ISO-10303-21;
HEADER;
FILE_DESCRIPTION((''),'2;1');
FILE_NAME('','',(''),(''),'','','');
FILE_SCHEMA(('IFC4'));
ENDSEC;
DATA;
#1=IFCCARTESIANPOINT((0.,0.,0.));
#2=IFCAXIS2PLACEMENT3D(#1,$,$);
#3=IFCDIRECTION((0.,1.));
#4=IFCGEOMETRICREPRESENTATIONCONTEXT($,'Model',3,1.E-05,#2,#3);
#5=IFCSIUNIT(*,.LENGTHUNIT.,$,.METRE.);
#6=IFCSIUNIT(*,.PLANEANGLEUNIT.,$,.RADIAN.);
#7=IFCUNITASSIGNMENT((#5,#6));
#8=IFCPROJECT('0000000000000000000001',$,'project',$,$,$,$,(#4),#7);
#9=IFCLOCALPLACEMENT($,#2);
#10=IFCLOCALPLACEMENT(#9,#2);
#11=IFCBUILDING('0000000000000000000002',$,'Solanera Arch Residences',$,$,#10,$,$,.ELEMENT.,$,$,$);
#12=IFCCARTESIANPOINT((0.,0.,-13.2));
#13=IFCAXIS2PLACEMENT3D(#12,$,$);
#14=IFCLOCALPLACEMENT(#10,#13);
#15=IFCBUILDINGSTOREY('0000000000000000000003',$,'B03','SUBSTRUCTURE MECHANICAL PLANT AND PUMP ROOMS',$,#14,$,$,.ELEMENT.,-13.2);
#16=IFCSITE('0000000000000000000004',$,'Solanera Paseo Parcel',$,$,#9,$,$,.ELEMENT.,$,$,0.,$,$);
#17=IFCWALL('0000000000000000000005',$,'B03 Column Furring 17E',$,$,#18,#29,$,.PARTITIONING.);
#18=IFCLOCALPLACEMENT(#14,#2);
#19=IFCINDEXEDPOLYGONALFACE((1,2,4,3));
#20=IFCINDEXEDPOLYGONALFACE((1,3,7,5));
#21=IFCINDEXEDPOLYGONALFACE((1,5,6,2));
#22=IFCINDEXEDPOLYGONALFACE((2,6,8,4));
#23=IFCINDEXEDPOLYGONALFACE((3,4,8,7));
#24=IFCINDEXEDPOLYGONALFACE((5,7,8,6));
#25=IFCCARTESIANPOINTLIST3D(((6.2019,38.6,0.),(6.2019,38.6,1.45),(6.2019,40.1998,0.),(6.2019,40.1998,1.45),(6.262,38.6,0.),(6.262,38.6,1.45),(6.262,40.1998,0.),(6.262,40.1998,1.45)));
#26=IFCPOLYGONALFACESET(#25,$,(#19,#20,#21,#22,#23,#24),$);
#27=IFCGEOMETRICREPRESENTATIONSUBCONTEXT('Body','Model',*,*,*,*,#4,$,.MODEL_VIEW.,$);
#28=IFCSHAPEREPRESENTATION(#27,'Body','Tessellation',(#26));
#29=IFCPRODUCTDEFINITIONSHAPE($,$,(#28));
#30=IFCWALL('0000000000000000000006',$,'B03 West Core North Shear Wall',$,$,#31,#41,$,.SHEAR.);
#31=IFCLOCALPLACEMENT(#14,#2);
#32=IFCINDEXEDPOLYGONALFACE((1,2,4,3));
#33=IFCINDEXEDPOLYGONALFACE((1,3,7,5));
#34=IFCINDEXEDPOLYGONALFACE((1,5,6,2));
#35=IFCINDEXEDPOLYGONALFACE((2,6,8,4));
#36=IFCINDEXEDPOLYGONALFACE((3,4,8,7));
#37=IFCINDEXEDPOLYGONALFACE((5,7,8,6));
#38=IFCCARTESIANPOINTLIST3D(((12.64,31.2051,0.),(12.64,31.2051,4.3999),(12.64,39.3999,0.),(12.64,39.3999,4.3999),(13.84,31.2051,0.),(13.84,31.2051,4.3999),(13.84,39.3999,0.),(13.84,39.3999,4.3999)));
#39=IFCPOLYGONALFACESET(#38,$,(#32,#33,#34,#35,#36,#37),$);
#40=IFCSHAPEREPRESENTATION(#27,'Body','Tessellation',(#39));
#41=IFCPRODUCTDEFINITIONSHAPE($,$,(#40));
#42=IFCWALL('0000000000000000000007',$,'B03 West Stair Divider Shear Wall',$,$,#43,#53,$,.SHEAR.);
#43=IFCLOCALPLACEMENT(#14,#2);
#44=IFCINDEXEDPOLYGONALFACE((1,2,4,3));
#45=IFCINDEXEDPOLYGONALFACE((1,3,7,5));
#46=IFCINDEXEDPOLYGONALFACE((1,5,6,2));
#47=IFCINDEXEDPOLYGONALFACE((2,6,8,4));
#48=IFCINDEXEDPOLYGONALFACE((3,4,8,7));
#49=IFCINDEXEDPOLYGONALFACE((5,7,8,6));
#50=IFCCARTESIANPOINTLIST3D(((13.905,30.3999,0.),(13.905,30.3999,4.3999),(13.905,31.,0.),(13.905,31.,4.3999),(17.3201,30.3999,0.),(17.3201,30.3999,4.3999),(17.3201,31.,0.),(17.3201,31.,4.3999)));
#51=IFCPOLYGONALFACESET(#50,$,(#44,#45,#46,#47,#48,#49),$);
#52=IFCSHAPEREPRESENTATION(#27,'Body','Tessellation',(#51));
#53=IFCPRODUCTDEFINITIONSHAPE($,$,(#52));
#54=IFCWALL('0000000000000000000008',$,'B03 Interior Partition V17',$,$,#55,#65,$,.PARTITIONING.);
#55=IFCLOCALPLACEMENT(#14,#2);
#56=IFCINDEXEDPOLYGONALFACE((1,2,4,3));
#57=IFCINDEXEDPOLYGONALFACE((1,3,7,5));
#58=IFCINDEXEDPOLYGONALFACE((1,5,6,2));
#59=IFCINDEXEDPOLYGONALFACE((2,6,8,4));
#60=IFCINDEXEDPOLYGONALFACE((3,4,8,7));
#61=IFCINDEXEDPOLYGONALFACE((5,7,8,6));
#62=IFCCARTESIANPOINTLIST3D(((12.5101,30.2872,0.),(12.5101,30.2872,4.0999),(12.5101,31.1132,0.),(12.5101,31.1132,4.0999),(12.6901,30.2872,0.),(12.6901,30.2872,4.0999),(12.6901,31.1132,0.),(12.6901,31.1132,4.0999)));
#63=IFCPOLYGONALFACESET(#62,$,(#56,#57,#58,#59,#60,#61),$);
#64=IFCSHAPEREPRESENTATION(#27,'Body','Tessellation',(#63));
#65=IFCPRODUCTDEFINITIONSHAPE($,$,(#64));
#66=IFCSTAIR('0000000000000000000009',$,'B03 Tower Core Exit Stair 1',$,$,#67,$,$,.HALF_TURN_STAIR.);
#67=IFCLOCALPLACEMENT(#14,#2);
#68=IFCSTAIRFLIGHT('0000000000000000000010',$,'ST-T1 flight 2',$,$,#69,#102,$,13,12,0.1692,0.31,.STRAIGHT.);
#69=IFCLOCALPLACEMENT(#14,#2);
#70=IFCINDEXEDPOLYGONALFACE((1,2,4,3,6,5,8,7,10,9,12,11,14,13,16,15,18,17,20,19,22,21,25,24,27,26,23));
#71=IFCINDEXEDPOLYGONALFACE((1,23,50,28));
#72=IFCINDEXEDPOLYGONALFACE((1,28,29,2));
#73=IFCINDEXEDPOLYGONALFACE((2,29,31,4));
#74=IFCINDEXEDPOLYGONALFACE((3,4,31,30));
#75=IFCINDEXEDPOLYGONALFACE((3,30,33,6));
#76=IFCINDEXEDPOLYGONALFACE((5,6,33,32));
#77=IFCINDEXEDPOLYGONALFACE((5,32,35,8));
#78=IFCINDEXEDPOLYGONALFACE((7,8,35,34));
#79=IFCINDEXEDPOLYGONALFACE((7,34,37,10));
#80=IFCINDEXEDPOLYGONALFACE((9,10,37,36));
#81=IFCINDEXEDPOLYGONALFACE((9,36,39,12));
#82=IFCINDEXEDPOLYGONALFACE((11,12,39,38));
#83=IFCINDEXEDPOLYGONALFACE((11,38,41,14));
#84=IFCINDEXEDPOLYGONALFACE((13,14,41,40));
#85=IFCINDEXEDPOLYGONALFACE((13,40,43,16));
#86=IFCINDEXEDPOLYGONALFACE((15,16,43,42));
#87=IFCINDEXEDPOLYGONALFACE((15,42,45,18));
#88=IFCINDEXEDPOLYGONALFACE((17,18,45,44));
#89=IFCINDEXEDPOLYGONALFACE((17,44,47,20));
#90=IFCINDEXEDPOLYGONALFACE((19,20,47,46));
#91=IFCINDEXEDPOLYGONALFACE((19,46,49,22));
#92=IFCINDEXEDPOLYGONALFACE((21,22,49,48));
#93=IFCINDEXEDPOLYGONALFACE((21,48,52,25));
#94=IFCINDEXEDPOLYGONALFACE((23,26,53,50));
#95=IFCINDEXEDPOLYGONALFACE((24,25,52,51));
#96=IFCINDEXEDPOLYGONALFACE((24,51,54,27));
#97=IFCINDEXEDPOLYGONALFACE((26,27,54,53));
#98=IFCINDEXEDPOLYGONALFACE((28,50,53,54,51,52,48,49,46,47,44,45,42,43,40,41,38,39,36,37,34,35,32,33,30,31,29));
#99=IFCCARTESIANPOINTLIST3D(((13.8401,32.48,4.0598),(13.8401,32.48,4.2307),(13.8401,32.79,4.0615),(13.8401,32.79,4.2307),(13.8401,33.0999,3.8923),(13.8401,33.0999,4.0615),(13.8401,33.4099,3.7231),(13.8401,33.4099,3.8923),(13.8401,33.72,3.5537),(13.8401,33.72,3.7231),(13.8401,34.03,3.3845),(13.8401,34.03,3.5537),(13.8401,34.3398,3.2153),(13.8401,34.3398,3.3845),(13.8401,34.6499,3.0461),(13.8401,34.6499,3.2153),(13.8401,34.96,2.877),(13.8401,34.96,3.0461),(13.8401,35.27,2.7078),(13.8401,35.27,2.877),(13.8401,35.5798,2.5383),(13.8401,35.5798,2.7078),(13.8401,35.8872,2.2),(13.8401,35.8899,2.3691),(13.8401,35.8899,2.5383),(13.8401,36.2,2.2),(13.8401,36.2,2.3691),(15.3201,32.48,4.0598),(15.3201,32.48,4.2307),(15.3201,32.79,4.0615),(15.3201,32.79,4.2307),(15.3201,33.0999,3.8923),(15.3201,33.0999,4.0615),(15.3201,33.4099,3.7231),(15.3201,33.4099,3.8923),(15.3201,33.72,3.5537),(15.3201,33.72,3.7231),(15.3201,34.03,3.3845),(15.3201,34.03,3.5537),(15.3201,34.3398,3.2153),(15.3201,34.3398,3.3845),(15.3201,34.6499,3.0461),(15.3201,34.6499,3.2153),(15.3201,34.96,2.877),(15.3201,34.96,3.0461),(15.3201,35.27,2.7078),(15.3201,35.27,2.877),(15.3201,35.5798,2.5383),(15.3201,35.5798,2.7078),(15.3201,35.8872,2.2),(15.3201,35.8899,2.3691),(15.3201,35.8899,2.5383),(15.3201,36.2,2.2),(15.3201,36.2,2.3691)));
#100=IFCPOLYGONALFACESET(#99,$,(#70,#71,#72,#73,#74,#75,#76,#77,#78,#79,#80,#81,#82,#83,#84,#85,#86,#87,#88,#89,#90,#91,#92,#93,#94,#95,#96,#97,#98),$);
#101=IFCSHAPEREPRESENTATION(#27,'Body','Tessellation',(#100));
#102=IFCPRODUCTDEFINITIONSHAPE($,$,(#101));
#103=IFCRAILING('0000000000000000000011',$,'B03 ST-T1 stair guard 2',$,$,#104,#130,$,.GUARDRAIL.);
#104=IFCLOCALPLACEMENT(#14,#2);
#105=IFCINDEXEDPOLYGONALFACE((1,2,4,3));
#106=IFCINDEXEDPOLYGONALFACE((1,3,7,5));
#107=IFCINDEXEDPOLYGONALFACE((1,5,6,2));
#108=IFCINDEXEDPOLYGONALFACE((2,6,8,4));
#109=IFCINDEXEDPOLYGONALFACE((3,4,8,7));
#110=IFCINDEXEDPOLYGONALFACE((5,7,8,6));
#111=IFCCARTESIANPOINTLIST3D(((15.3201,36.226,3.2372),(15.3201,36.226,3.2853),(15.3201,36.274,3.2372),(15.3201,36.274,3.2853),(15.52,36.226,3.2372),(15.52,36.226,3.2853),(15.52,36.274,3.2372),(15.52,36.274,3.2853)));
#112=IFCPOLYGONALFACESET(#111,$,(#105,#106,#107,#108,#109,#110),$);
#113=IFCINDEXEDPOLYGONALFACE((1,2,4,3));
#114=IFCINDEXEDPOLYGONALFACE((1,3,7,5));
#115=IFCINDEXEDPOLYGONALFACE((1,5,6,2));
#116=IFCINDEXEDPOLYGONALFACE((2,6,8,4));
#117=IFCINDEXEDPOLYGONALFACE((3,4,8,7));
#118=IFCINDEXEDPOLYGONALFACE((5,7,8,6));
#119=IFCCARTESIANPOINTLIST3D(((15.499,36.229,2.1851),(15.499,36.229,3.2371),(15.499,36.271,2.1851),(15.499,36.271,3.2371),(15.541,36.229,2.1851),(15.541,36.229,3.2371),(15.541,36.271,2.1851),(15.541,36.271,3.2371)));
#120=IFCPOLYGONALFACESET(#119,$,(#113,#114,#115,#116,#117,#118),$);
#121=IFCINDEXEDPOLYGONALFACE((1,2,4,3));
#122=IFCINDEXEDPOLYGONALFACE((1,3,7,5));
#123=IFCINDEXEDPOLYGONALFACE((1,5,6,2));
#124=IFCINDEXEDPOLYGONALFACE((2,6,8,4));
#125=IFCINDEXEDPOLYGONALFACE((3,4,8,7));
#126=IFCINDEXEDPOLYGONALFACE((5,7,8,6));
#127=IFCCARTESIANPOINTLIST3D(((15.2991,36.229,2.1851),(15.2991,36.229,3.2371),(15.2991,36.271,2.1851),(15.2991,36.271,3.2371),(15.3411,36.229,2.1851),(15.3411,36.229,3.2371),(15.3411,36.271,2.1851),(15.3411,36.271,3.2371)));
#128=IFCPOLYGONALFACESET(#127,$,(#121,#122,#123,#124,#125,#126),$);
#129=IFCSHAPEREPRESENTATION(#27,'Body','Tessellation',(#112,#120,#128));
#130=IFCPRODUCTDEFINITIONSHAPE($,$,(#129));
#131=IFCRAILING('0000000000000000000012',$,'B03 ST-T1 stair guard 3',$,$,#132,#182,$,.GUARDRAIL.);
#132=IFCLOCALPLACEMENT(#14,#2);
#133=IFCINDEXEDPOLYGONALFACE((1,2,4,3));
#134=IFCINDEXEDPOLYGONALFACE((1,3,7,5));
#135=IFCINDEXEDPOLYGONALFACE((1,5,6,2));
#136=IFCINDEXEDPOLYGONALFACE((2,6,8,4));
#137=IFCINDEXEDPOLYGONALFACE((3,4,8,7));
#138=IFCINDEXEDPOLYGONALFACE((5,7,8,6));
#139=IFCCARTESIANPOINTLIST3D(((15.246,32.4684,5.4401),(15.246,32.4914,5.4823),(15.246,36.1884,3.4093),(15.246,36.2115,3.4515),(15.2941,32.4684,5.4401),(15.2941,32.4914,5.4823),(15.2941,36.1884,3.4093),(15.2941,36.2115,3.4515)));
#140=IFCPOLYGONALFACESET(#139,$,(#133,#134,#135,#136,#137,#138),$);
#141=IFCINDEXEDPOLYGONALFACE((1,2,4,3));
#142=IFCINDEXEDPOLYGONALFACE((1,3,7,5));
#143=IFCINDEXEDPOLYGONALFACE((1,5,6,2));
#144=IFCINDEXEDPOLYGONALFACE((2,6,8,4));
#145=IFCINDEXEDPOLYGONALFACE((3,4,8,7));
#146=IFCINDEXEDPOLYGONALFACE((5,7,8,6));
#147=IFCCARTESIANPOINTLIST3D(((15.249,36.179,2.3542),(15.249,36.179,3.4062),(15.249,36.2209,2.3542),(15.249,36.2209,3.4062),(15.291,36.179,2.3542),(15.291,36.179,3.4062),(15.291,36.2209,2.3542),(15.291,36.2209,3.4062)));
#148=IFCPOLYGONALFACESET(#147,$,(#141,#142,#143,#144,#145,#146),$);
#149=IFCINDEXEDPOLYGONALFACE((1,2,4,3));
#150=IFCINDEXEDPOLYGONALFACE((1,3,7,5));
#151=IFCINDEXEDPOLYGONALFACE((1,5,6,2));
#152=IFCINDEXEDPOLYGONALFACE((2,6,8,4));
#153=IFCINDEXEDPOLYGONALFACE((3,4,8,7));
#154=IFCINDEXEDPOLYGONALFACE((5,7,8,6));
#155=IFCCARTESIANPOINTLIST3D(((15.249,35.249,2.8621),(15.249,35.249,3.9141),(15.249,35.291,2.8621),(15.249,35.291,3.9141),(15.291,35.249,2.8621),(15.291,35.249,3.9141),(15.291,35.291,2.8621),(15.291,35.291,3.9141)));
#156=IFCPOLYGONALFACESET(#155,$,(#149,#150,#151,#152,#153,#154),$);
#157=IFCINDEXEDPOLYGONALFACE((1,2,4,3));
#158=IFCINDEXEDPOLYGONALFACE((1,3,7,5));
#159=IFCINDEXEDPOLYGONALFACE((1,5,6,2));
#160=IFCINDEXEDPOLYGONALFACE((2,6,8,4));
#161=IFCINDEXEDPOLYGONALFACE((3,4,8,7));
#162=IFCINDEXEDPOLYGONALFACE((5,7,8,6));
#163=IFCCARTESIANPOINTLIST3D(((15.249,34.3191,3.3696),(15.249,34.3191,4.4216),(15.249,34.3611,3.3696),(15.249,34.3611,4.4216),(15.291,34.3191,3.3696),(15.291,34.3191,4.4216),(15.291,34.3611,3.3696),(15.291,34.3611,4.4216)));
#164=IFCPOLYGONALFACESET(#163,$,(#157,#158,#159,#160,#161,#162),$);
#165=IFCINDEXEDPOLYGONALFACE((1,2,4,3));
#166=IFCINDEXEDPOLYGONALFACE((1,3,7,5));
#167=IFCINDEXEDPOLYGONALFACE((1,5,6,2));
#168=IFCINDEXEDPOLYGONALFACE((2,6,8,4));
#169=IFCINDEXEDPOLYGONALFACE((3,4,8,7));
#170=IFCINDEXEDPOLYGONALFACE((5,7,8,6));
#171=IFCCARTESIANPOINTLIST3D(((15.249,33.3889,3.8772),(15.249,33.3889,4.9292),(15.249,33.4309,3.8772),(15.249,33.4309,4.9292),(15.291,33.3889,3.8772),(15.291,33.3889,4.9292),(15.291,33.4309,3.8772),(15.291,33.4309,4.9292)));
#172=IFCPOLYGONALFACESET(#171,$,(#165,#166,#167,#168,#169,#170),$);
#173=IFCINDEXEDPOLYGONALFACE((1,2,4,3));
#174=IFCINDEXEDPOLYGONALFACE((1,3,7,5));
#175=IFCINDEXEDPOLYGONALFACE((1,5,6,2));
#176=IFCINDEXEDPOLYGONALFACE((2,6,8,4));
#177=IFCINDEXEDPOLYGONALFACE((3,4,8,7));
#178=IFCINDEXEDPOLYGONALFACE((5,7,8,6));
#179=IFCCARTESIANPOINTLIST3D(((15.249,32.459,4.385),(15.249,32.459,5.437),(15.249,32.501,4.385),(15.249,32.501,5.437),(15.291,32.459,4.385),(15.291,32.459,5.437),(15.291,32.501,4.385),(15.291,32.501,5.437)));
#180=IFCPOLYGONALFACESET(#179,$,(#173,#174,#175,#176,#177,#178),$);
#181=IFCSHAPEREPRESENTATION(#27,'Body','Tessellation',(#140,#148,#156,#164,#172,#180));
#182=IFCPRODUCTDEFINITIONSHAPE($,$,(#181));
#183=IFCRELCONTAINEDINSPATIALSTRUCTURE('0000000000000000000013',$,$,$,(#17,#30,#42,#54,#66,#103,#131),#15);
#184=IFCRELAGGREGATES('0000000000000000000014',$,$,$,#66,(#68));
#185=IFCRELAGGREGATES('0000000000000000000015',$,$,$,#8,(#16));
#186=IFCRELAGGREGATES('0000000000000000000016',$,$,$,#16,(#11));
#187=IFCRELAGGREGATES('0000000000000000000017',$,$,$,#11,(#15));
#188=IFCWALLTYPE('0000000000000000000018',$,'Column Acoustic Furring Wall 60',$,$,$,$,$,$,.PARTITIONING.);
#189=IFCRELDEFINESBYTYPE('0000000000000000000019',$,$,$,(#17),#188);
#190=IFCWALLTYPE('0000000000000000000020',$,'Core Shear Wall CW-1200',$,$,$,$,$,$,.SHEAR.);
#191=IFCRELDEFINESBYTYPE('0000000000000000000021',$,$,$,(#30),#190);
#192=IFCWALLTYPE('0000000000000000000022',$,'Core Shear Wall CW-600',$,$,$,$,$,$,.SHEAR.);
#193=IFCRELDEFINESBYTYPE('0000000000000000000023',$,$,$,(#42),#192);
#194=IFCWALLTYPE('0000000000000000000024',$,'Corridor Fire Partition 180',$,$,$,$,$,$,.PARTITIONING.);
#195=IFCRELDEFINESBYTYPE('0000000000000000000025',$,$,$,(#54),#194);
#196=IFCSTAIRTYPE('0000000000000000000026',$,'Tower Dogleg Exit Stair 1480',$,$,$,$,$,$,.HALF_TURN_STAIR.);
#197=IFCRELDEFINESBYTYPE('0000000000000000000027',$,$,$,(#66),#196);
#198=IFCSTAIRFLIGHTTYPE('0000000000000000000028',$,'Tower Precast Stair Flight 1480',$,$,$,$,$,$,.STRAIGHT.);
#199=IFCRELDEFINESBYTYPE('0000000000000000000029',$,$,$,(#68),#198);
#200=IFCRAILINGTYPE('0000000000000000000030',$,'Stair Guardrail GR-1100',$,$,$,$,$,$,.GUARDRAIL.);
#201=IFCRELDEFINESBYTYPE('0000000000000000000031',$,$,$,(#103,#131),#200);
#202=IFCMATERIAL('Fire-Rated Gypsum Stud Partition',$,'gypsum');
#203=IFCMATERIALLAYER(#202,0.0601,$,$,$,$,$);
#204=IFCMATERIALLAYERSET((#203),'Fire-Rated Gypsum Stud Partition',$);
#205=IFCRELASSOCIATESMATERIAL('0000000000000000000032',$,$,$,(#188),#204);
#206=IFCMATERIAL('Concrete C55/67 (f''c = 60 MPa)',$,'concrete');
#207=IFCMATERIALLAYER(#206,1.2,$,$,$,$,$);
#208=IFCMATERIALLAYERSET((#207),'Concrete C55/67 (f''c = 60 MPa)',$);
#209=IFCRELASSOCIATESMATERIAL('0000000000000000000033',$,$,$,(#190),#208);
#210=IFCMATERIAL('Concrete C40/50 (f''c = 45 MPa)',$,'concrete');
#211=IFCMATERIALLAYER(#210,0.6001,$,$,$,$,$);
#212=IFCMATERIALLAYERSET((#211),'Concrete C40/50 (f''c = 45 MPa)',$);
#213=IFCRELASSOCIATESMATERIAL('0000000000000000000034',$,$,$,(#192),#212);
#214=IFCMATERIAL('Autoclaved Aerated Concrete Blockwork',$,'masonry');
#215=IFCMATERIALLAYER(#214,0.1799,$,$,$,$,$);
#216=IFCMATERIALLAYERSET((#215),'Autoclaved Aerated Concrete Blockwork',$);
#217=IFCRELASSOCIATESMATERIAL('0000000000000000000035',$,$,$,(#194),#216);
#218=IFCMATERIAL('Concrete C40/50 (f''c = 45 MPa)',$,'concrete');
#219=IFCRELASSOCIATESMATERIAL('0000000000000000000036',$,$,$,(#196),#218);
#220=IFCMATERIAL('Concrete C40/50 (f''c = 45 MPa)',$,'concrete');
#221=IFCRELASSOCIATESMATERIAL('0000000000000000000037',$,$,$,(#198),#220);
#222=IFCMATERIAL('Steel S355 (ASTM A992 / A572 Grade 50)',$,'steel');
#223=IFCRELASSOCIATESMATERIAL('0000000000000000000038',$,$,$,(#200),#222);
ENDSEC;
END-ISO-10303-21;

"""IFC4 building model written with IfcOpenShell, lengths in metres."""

from ifc_helpers import new_model, si_unit, direction, frame, frame_2d, origin, origin_2d, place, context, subcontext, project, spatial, polyline, rectangle, outline, extrude, material, layer, layer_set, type_object, element, aggregate, save


model = new_model("IFC4")

# Units and contexts
model_context = context("Model", 3, precision=1e-05, world=origin(), true_north=direction((0.0, 1.0)))
body_context = subcontext(model_context, "Body", "Model", "MODEL_VIEW")
ifc_project = project(units=[si_unit("LENGTHUNIT", "METRE"), si_unit("PLANEANGLEUNIT", "RADIAN")], contexts=[model_context])

# Site, building, storey
site_placement = place(None, origin())
site = spatial("IfcSite", under=ifc_project, at=site_placement, Name="Solanera Paseo Parcel", CompositionType="ELEMENT", RefElevation=0.0)
building_placement = place(site_placement, origin())
building = spatial("IfcBuilding", under=site, at=building_placement, Name="Solanera Arch Residences", CompositionType="ELEMENT")
storey_placement = place(building_placement, frame((0.0, 0.0, -13.2)))
storey = spatial("IfcBuildingStorey", under=building, at=storey_placement, Name="B03", Description="SUBSTRUCTURE MECHANICAL PLANT AND PUMP ROOMS", CompositionType="ELEMENT", Elevation=-13.2)

# Walls
ifc_material_1 = material(Name="Fire-Rated Gypsum Stud Partition", Category="gypsum")
ifc_layer_1 = layer(ifc_material_1, 0.0601)
ifc_layer_set_1 = layer_set([ifc_layer_1], Name="Fire-Rated Gypsum Stud Partition")
wall_type_1 = type_object("IfcWallType", Name="Column Acoustic Furring Wall 60", PredefinedType="PARTITIONING", material=ifc_layer_set_1)
for number, where, z_axis, x_axis, name in (
    (1, (6.2319, 38.6001, 0.0), (0.0, 0.0, 1.0), (0.0, 1.0, 0.0), "B03 Column Furring 17E"),
):
    element("IfcWall", number, at=place(storey_placement, frame(where, z_axis=z_axis, x_axis=x_axis)), inside=storey, type_object=wall_type_1, Name=name, PredefinedType="PARTITIONING", context=body_context, shape_type="SweptSolid", body=[
        extrude(rectangle(XDim=1.5999, YDim=0.0601, at=frame_2d((0.7998, 0.0))), origin(), (0.0, 0.0, 1.0), 1.45),
    ])
ifc_material_2 = material(Name="Concrete C55/67 (f'c = 60 MPa)", Category="concrete")
ifc_layer_2 = layer(ifc_material_2, 1.2)
ifc_layer_set_2 = layer_set([ifc_layer_2], Name="Concrete C55/67 (f'c = 60 MPa)")
wall_type_2 = type_object("IfcWallType", Name="Core Shear Wall CW-1200", PredefinedType="SHEAR", material=ifc_layer_set_2)
wall_1_placement = place(storey_placement, frame((13.24, 31.2051, 0.0), z_axis=(0.0, 0.0, 1.0), x_axis=(0.0, 1.0, 0.0)))
element("IfcWall", 2, at=wall_1_placement, inside=storey, type_object=wall_type_2, Name="B03 West Core North Shear Wall", PredefinedType="SHEAR", context=body_context, shape_type="SweptSolid", body=[
    extrude(rectangle(XDim=8.1948, YDim=1.2, at=frame_2d((4.0974, 0.0))), origin(), (0.0, 0.0, 1.0), 4.3999),
])
ifc_material_3 = material(Name="Concrete C40/50 (f'c = 45 MPa)", Category="concrete")
ifc_layer_3 = layer(ifc_material_3, 0.6001)
ifc_layer_set_3 = layer_set([ifc_layer_3], Name="Concrete C40/50 (f'c = 45 MPa)")
wall_type_3 = type_object("IfcWallType", Name="Core Shear Wall CW-600", PredefinedType="SHEAR", material=ifc_layer_set_3)
wall_2_placement = place(storey_placement, frame((13.905, 30.7, 0.0), z_axis=(0.0, 0.0, 1.0), x_axis=(1.0, 0.0, 0.0)))
element("IfcWall", 3, at=wall_2_placement, inside=storey, type_object=wall_type_3, Name="B03 West Stair Divider Shear Wall", PredefinedType="SHEAR", context=body_context, shape_type="SweptSolid", body=[
    extrude(rectangle(XDim=3.415, YDim=0.6001, at=frame_2d((1.7075, 0.0))), origin(), (0.0, 0.0, 1.0), 4.3999),
])
ifc_material_4 = material(Name="Autoclaved Aerated Concrete Blockwork", Category="masonry")
ifc_layer_4 = layer(ifc_material_4, 0.1799)
ifc_layer_set_4 = layer_set([ifc_layer_4], Name="Autoclaved Aerated Concrete Blockwork")
wall_type_4 = type_object("IfcWallType", Name="Corridor Fire Partition 180", PredefinedType="PARTITIONING", material=ifc_layer_set_4)
wall_3_placement = place(storey_placement, frame((12.6001, 30.2871, 0.0), z_axis=(0.0, 0.0, 1.0), x_axis=(0.0, 1.0, 0.0)))
element("IfcWall", 4, at=wall_3_placement, inside=storey, type_object=wall_type_4, Name="B03 Interior Partition V17", PredefinedType="PARTITIONING", context=body_context, shape_type="SweptSolid", body=[
    extrude(rectangle(XDim=0.8259, YDim=0.1799, at=frame_2d((0.4131, 0.0))), origin(), (0.0, 0.0, 1.0), 4.0999),
])

# Stair, stair flight
ifc_material_5 = material(Name="Concrete C40/50 (f'c = 45 MPa)", Category="concrete")
stair_type = type_object("IfcStairType", Name="Tower Dogleg Exit Stair 1480", PredefinedType="HALF_TURN_STAIR", material=ifc_material_5)
stair_placement = place(storey_placement, origin())
stair = element("IfcStair", 5, at=stair_placement, inside=storey, type_object=stair_type, Name="B03 Tower Core Exit Stair 1", PredefinedType="HALF_TURN_STAIR")
ifc_material_6 = material(Name="Concrete C40/50 (f'c = 45 MPa)", Category="concrete")
stair_flight_type = type_object("IfcStairFlightType", Name="Tower Precast Stair Flight 1480", PredefinedType="STRAIGHT", material=ifc_material_6)
stair_flight_placement = place(storey_placement, frame((14.5801, 36.2, 2.2), z_axis=(0.0, 0.0, 1.0), x_axis=(0.0, -1.0, 0.0)))
stair_flight = element("IfcStairFlight", 6, at=stair_flight_placement, type_object=stair_flight_type, Name="ST-T1 flight 2", NumberOfRisers=13, NumberOfTreads=12, PredefinedType="STRAIGHT", RiserHeight=0.1692, TreadLength=0.31, context=body_context, shape_type="SweptSolid", body=[
    extrude(outline(polyline([(0.0, 0.0), (0.0, 0.1692), (0.3101, 0.1692), (0.3101, 0.3384), (0.6201, 0.3384), (0.6201, 0.5078), (0.9299, 0.5078), (0.9299, 0.677), (1.24, 0.677), (1.24, 0.8462), (1.55, 0.8462), (1.55, 1.0154), (1.8601, 1.0154), (1.8601, 1.1846), (2.1699, 1.1846), (2.1699, 1.3538), (2.48, 1.3538), (2.48, 1.5232), (2.79, 1.5232), (2.79, 1.6924), (3.1001, 1.6924), (3.1001, 1.8616), (3.4099, 1.8616), (3.4099, 2.0308), (3.72, 2.0308), (3.72, 2.2), (3.72, 1.8599), (0.3127, 0.0), (0.0, 0.0)])), frame((0.0, 0.74, 0.0), z_axis=(0.0, -1.0, 0.0), x_axis=(1.0, 0.0, 0.0)), (0.0, 0.0, 1.0), 1.48),
])
aggregate(stair, [stair_flight])

# Railings
ifc_material_7 = material(Name="Steel S355 (ASTM A992 / A572 Grade 50)", Category="steel")
railing_type_1 = type_object("IfcRailingType", Name="Stair Guardrail GR-1100", PredefinedType="GUARDRAIL", material=ifc_material_7)
railing_1_placement = place(storey_placement, frame((15.52, 36.25, 2.1851)))
element("IfcRailing", 7, at=railing_1_placement, inside=storey, type_object=railing_type_1, Name="B03 ST-T1 stair guard 2", PredefinedType="GUARDRAIL", context=body_context, shape_type="SweptSolid", body=[
    extrude(rectangle(XDim=0.0481, YDim=0.0481, at=origin_2d()), frame((0.0, 0.0, 1.0762), z_axis=(-1.0, 0.0, 0.0), x_axis=(0.0, -1.0, 0.0)), (0.0, 0.0, 1.0), 0.2),
    extrude(rectangle(XDim=0.042, YDim=0.042, at=origin_2d()), origin(), (0.0, 0.0, 1.0), 1.052),
    extrude(rectangle(XDim=0.042, YDim=0.042, at=origin_2d()), frame((-0.2, 0.0, 0.0)), (0.0, 0.0, 1.0), 1.052),
])
railing_2_placement = place(storey_placement, frame((15.27, 36.2, 2.3542)))
element("IfcRailing", 8, at=railing_2_placement, inside=storey, type_object=railing_type_1, Name="B03 ST-T1 stair guard 3", PredefinedType="GUARDRAIL", context=body_context, shape_type="SweptSolid", body=[
    extrude(rectangle(XDim=0.0481, YDim=0.0481, at=origin_2d()), frame((0.0, 0.0, 1.0762), z_axis=(0.0, -0.877728, 0.479159), x_axis=(1.0, 0.0, 0.0)), (0.0, 0.0, 1.0), 4.2383),
    extrude(rectangle(XDim=0.042, YDim=0.042, at=origin_2d()), origin(), (0.0, 0.0, 1.0), 1.052),
    extrude(rectangle(XDim=0.042, YDim=0.042, at=origin_2d()), frame((0.0, -0.9299, 0.5078)), (0.0, 0.0, 1.0), 1.052),
    extrude(rectangle(XDim=0.042, YDim=0.042, at=origin_2d()), frame((0.0, -1.8599, 1.0154)), (0.0, 0.0, 1.0), 1.052),
    extrude(rectangle(XDim=0.042, YDim=0.042, at=origin_2d()), frame((0.0, -2.79, 1.5229)), (0.0, 0.0, 1.0), 1.052),
    extrude(rectangle(XDim=0.042, YDim=0.042, at=origin_2d()), frame((0.0, -3.72, 2.0308)), (0.0, 0.0, 1.0), 1.052),
])

save(model, "model.ifc")
